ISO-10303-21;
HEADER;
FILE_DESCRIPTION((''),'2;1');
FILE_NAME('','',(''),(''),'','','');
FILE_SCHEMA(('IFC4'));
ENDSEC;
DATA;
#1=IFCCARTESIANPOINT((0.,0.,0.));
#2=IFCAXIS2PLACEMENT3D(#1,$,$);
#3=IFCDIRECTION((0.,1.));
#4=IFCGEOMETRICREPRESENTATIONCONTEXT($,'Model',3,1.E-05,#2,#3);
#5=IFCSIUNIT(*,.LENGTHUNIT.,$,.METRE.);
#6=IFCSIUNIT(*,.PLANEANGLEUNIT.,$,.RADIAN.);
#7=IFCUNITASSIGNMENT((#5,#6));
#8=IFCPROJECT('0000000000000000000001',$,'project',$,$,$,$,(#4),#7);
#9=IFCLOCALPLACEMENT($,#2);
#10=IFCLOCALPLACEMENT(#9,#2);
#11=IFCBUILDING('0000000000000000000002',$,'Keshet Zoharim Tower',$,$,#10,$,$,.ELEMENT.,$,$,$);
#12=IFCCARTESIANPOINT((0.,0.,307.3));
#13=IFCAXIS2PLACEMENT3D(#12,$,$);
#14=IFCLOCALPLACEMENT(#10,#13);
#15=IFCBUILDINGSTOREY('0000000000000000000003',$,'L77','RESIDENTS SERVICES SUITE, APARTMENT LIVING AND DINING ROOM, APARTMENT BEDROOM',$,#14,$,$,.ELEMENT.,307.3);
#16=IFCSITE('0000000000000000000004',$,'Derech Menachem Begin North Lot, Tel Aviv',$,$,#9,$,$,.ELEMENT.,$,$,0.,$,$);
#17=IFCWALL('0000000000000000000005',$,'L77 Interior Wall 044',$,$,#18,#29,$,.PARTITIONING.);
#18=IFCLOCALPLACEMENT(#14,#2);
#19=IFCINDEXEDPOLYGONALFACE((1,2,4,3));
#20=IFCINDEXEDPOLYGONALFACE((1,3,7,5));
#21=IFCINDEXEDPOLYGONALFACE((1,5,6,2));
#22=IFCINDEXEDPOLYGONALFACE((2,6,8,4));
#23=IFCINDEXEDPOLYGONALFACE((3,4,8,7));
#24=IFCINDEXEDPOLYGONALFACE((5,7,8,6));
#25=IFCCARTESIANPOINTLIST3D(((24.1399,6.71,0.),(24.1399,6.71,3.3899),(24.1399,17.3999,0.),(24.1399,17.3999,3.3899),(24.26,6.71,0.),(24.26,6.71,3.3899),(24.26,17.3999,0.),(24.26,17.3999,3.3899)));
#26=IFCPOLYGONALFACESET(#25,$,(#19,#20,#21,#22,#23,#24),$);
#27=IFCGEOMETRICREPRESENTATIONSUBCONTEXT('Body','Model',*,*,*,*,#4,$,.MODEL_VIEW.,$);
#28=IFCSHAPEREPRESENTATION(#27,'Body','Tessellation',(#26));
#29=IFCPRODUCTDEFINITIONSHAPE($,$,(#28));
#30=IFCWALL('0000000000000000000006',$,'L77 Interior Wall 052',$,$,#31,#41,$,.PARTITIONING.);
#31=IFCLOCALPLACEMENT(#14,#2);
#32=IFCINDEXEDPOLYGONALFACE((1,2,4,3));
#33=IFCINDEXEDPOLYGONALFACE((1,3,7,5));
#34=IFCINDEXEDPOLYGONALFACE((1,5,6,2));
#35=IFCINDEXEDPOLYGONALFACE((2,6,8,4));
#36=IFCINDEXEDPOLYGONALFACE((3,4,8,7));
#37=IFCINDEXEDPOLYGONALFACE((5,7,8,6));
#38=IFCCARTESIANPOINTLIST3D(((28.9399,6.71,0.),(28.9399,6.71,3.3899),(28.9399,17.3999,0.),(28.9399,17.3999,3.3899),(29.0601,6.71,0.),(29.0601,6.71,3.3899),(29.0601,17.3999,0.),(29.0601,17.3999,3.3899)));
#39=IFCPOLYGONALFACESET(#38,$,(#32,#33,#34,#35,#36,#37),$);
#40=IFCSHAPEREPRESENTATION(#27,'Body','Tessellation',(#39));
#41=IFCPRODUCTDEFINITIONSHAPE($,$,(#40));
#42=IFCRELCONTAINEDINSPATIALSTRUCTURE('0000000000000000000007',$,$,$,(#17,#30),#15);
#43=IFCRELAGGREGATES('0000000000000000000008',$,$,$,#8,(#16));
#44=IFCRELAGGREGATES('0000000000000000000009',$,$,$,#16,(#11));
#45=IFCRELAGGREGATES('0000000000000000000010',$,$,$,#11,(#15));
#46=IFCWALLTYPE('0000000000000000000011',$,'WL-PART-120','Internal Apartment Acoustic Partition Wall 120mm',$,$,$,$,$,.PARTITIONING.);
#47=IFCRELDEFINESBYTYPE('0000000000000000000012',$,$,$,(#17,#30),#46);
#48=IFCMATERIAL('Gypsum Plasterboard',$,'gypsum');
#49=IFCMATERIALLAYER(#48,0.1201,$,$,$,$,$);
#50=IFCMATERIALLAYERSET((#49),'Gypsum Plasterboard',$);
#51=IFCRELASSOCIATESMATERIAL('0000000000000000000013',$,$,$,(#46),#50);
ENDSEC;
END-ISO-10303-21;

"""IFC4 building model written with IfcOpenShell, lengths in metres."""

from ifc_helpers import new_model, si_unit, direction, frame, frame_2d, origin, place, context, subcontext, project, spatial, rectangle, extrude, material, layer, layer_set, type_object, element, save


model = new_model("IFC4")

# Units and contexts
model_context = context("Model", 3, precision=1e-05, world=origin(), true_north=direction((0.0, 1.0)))
body_context = subcontext(model_context, "Body", "Model", "MODEL_VIEW")
ifc_project = project(units=[si_unit("LENGTHUNIT", "METRE"), si_unit("PLANEANGLEUNIT", "RADIAN")], contexts=[model_context])

# Site, building, storey
site_placement = place(None, origin())
site = spatial("IfcSite", under=ifc_project, at=site_placement, Name="Derech Menachem Begin North Lot, Tel Aviv", CompositionType="ELEMENT", RefElevation=0.0)
building_placement = place(site_placement, origin())
building = spatial("IfcBuilding", under=site, at=building_placement, Name="Keshet Zoharim Tower", CompositionType="ELEMENT")
storey_placement = place(building_placement, frame((0.0, 0.0, 307.3)))
storey = spatial("IfcBuildingStorey", under=building, at=storey_placement, Name="L77", Description="RESIDENTS SERVICES SUITE, APARTMENT LIVING AND DINING ROOM, APARTMENT BEDROOM", CompositionType="ELEMENT", Elevation=307.3)

# Walls
ifc_material_1 = material(Name="Gypsum Plasterboard", Category="gypsum")
ifc_layer_1 = layer(ifc_material_1, 0.1201)
ifc_layer_set_1 = layer_set([ifc_layer_1], Name="Gypsum Plasterboard")
wall_type = type_object("IfcWallType", Name="WL-PART-120", Description="Internal Apartment Acoustic Partition Wall 120mm", PredefinedType="PARTITIONING", material=ifc_layer_set_1)
for number, where, z_axis, x_axis, name in (
    (1, (24.2, 6.71, 0.0), (0.0, 0.0, 1.0), (0.0, 1.0, 0.0), "L77 Interior Wall 044"),
    (2, (29.0, 6.71, 0.0), (0.0, 0.0, 1.0), (0.0, 1.0, 0.0), "L77 Interior Wall 052"),
):
    element("IfcWall", number, at=place(storey_placement, frame(where, z_axis=z_axis, x_axis=x_axis)), inside=storey, type_object=wall_type, Name=name, PredefinedType="PARTITIONING", context=body_context, shape_type="SweptSolid", body=[
        extrude(rectangle(XDim=10.6899, YDim=0.1201, at=frame_2d((5.345, 0.0))), origin(), (0.0, 0.0, 1.0), 3.3899),
    ])

save(model, "model.ifc")
